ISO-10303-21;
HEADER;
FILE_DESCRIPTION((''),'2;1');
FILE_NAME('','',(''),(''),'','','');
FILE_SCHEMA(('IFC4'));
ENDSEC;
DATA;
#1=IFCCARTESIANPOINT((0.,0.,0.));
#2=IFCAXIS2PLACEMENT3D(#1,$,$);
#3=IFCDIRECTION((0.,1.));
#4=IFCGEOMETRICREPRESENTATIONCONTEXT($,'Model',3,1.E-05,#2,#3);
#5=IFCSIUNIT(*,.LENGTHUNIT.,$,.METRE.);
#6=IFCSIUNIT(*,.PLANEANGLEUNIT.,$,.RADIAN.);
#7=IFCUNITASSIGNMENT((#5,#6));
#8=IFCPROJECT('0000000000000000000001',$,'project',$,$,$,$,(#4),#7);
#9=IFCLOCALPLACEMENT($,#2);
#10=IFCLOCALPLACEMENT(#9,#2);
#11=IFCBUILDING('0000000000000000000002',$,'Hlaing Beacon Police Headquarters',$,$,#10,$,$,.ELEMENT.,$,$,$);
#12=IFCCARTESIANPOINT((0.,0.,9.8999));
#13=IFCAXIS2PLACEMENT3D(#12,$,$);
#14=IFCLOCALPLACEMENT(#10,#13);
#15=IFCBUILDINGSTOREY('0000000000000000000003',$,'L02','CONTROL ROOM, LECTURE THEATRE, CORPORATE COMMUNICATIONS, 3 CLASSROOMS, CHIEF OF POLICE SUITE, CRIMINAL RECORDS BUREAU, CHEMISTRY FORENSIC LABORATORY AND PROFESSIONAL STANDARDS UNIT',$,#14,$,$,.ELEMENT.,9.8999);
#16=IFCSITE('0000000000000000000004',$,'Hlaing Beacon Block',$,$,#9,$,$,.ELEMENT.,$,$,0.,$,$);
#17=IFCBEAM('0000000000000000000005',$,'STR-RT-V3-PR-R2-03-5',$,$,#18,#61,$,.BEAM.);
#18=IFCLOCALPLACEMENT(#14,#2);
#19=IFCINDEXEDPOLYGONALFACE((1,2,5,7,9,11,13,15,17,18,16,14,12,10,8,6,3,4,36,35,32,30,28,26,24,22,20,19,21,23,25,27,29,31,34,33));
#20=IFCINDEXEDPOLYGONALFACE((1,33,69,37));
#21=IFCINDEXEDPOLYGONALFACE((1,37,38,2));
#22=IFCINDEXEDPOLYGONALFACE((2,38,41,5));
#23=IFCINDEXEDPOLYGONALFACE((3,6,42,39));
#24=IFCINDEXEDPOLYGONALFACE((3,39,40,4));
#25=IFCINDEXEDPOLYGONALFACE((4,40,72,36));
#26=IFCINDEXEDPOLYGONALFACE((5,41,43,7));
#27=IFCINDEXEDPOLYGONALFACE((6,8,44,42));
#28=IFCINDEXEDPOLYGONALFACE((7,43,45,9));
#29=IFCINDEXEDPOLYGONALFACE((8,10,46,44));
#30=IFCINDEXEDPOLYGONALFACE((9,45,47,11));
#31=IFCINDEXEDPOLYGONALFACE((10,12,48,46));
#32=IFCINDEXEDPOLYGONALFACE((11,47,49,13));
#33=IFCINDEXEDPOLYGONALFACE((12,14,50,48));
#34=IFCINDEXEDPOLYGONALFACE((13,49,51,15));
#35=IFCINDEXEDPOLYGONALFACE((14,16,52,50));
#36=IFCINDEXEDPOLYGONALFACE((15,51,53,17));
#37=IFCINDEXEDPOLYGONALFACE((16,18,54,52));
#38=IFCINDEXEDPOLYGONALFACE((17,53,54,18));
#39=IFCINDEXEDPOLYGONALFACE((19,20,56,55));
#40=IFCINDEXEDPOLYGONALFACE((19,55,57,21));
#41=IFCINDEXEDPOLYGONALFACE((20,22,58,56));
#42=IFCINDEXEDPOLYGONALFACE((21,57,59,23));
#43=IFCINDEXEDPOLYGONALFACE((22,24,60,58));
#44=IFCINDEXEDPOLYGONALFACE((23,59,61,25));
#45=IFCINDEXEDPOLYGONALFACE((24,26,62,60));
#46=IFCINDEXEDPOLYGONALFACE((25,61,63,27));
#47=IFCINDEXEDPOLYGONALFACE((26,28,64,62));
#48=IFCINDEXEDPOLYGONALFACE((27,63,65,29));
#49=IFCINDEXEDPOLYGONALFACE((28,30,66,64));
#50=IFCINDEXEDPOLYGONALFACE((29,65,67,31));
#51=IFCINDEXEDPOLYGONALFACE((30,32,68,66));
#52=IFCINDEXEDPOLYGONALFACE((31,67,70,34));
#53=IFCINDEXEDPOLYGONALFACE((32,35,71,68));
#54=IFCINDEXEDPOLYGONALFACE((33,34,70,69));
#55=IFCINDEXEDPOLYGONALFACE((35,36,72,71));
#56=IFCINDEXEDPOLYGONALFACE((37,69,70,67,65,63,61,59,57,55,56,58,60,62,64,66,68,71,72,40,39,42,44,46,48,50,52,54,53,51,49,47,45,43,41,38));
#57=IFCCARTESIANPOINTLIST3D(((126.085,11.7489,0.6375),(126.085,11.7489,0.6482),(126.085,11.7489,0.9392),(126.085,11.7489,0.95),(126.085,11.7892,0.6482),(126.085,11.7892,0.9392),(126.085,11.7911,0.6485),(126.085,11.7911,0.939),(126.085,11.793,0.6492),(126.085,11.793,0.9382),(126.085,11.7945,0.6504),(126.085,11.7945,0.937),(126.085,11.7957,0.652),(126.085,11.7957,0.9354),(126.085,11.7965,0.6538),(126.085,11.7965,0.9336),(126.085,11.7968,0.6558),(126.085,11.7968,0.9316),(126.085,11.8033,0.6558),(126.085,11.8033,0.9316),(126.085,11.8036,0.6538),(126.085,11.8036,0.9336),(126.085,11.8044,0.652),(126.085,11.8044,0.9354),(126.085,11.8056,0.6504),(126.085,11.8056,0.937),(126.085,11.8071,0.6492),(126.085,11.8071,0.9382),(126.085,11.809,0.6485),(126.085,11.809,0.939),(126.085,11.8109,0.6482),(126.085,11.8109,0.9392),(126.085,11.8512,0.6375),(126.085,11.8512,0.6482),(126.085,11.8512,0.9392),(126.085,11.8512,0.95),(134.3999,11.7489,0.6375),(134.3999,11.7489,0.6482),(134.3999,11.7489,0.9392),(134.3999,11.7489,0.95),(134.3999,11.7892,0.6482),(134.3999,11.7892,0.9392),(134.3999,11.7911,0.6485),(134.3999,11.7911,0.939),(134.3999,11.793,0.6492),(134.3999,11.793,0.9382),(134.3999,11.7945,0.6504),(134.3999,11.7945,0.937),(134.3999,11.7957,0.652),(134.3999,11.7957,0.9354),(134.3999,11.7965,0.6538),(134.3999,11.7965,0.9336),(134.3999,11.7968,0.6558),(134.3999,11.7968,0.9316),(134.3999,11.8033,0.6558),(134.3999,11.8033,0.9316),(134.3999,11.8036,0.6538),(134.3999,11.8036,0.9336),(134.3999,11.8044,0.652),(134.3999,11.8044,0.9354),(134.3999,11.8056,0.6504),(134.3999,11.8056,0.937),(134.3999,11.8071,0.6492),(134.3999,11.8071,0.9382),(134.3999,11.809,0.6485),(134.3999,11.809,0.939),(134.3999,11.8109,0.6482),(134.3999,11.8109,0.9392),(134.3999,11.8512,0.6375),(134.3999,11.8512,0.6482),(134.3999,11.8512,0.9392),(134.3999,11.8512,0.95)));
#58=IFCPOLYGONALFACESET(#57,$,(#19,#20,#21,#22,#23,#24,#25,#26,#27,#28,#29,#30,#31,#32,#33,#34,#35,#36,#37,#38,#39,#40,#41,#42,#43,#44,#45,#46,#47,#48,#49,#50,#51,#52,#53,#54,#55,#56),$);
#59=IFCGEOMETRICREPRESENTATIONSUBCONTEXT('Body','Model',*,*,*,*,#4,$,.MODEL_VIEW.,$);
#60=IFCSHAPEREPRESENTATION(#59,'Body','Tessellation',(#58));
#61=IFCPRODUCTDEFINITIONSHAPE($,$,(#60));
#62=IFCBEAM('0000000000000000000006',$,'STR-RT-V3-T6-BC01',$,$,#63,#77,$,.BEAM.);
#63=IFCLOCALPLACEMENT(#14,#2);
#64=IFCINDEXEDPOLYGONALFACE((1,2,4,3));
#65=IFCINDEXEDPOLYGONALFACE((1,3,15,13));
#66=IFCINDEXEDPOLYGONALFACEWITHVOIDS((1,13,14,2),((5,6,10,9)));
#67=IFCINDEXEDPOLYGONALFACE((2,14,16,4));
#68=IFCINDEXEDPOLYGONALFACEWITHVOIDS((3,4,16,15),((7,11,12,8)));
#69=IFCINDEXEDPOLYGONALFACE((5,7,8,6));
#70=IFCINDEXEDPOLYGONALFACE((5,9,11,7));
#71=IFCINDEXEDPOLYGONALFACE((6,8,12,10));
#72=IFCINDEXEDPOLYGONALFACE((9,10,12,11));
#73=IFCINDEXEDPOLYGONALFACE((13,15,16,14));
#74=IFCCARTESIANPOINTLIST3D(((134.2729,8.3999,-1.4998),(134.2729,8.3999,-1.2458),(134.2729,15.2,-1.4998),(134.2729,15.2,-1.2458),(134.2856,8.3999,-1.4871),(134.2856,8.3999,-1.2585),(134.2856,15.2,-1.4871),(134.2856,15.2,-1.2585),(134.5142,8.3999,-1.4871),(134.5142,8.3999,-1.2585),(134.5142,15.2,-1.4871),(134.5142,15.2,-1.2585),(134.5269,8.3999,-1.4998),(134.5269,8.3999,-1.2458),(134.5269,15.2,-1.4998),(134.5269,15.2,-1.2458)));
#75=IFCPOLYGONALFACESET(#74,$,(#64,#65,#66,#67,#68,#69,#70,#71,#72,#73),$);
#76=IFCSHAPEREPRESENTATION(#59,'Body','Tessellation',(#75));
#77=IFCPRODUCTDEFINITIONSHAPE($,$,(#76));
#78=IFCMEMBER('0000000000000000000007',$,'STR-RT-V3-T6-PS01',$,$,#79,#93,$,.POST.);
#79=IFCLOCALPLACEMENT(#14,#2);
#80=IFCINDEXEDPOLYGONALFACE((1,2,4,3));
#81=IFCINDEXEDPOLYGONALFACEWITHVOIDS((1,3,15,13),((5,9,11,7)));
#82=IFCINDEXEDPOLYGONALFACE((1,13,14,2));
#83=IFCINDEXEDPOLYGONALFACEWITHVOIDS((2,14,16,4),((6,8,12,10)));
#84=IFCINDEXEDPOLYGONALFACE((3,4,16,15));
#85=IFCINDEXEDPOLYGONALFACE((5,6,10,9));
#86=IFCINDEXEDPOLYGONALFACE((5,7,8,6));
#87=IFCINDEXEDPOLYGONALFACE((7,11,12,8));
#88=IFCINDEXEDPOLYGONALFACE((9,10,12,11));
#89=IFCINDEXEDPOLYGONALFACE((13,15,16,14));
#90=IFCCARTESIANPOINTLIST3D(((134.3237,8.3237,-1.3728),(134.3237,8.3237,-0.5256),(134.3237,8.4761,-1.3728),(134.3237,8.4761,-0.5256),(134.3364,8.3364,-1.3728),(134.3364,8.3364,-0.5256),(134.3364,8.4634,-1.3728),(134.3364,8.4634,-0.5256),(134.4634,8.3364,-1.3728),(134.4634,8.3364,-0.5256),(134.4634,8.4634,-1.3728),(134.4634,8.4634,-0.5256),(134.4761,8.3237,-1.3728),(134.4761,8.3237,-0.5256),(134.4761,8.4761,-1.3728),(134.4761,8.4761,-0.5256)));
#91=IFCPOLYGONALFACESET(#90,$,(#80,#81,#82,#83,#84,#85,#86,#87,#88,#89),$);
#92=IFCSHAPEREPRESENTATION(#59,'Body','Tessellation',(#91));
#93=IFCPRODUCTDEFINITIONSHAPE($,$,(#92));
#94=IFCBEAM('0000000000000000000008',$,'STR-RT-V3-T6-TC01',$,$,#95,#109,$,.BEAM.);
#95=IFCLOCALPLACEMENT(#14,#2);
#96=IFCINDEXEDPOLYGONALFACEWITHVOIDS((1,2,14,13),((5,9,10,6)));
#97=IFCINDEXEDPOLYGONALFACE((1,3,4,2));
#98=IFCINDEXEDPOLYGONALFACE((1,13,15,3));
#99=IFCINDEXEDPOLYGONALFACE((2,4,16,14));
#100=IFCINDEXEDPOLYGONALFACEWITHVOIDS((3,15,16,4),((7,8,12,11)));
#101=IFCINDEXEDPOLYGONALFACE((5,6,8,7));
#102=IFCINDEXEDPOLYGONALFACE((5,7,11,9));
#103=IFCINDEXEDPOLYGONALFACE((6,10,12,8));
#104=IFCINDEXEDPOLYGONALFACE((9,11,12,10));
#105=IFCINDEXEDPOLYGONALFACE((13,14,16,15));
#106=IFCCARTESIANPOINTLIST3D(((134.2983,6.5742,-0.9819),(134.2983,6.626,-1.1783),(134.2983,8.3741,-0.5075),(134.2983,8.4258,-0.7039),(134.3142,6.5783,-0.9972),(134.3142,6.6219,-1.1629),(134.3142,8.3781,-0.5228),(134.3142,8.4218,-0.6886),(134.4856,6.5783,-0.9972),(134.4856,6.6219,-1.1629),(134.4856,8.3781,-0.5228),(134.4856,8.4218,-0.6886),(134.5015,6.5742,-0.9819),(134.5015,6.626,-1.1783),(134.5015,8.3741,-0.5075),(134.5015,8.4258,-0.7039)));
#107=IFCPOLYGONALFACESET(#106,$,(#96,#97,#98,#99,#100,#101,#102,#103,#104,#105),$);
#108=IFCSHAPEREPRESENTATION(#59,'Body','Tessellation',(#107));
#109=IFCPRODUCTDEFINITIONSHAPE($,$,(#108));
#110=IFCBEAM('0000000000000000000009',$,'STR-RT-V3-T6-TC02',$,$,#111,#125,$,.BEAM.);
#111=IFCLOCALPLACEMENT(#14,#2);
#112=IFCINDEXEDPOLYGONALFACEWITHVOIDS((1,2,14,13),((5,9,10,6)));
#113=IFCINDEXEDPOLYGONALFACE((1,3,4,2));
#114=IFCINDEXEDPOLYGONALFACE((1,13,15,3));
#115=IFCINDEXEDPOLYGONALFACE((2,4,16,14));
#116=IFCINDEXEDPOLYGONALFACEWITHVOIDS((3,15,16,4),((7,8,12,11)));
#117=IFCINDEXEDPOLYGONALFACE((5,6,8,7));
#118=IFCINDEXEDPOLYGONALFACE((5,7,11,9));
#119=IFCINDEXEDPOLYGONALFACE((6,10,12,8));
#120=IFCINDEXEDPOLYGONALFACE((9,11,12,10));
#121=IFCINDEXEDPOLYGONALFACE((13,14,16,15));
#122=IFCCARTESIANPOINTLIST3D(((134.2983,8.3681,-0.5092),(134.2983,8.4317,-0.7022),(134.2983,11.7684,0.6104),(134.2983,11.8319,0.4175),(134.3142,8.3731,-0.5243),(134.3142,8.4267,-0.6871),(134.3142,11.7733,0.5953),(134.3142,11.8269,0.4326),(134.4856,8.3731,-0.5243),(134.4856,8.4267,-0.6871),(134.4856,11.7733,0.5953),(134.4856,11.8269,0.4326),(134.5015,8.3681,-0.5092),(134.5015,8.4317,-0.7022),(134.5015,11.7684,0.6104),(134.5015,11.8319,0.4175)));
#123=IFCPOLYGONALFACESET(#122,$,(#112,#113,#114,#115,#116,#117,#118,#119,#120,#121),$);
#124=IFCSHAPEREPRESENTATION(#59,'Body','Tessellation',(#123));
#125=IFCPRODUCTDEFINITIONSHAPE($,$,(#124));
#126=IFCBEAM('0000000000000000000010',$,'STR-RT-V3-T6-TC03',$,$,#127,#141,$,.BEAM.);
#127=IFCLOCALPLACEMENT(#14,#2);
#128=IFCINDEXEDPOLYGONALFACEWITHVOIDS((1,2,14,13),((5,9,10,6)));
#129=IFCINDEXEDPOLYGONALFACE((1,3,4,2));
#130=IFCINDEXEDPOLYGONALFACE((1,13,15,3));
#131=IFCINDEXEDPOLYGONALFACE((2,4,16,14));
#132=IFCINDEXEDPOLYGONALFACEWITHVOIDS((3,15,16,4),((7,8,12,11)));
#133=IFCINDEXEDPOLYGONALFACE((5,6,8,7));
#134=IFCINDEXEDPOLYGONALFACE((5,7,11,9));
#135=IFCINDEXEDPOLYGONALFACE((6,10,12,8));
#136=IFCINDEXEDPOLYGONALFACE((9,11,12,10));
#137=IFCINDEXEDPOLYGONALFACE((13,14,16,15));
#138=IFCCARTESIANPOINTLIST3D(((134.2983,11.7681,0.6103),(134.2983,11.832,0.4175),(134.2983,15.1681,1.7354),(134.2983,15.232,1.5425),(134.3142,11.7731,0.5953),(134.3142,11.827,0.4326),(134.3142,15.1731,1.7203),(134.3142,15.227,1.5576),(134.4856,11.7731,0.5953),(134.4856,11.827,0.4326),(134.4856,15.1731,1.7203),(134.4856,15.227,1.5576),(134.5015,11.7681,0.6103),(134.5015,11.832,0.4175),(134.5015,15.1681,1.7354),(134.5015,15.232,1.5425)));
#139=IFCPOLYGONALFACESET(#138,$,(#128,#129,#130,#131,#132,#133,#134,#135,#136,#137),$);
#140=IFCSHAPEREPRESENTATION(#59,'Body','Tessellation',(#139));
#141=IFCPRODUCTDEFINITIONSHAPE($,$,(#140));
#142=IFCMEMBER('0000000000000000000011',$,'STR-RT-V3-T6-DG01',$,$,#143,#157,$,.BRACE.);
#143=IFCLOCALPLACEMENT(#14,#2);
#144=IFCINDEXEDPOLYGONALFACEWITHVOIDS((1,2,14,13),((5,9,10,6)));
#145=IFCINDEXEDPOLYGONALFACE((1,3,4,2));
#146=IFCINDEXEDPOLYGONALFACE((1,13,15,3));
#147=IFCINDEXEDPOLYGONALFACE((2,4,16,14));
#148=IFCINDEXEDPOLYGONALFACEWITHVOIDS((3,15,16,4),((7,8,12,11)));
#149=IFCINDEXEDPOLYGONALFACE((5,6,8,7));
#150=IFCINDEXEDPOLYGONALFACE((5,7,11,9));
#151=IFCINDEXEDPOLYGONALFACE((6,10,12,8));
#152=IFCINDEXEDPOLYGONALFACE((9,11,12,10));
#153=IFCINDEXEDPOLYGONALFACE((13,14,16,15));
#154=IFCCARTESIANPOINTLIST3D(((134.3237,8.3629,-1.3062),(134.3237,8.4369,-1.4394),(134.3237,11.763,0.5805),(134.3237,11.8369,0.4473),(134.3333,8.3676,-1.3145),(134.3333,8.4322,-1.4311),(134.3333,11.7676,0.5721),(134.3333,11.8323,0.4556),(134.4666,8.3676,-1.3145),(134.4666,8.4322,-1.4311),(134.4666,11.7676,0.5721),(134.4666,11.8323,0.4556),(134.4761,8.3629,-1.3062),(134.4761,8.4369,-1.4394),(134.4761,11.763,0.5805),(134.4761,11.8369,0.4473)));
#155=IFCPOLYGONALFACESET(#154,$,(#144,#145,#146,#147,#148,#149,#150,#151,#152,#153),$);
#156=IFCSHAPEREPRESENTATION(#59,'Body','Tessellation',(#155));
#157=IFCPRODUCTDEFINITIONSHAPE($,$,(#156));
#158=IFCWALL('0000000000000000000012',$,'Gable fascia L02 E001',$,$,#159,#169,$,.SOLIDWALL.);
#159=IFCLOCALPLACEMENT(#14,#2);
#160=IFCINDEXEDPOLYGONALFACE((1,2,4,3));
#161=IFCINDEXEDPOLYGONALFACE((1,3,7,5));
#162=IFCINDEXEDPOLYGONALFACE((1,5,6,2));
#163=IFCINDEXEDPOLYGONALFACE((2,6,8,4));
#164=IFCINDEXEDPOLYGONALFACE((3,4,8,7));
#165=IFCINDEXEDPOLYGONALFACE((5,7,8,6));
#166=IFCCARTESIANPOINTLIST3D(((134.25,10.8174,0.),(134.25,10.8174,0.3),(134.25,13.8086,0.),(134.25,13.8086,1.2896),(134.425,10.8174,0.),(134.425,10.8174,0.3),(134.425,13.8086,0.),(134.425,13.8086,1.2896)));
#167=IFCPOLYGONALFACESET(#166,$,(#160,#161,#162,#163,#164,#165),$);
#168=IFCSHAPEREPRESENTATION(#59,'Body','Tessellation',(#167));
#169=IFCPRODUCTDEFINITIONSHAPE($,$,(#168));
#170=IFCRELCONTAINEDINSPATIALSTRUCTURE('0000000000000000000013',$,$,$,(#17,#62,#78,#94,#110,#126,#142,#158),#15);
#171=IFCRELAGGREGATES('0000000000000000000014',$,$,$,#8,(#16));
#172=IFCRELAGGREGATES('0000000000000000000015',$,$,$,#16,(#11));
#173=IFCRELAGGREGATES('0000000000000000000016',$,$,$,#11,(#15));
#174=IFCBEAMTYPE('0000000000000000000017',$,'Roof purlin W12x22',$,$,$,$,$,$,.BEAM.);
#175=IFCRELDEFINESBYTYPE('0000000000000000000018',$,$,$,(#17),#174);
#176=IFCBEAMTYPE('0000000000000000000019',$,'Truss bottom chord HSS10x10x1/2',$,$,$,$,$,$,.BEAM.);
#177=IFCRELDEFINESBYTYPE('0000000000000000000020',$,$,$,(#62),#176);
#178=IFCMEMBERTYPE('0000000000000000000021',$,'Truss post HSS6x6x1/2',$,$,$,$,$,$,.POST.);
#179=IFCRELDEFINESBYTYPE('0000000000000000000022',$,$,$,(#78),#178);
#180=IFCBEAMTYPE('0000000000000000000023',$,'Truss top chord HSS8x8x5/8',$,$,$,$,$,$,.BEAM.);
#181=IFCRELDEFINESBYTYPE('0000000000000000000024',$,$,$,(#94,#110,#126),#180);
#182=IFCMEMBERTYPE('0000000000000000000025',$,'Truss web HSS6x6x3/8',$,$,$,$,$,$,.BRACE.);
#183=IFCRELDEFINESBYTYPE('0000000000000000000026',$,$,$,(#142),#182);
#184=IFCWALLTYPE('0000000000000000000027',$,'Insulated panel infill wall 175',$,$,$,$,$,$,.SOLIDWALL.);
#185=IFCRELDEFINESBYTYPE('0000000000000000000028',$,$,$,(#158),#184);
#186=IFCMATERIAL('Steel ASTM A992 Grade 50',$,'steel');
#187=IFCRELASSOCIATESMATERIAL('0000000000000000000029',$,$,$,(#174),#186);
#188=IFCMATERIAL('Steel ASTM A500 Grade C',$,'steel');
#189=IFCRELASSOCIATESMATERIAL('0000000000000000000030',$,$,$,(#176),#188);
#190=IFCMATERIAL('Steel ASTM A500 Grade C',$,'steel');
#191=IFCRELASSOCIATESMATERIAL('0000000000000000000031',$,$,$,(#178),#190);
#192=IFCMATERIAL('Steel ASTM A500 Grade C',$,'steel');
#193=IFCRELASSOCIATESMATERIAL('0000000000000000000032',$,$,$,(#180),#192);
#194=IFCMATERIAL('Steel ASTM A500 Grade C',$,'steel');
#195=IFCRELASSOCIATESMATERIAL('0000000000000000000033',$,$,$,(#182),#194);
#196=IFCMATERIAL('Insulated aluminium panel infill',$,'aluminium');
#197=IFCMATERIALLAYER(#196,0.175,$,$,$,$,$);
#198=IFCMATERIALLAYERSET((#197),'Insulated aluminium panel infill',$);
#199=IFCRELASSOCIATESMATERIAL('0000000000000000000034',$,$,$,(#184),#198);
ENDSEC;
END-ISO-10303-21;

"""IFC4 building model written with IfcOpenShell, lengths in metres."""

from ifc_helpers import new_model, si_unit, direction, frame, origin, origin_2d, place, context, subcontext, project, spatial, polyline, hollow_rectangle, i_section, outline, extrude, material, layer, layer_set, material_profile, profile_set, type_object, element, save


model = new_model("IFC4")

# Units and contexts
model_context = context("Model", 3, precision=1e-05, world=origin(), true_north=direction((0.0, 1.0)))
body_context = subcontext(model_context, "Body", "Model", "MODEL_VIEW")
ifc_project = project(units=[si_unit("LENGTHUNIT", "METRE"), si_unit("PLANEANGLEUNIT", "RADIAN")], contexts=[model_context])

# Site, building, storey
site_placement = place(None, origin())
site = spatial("IfcSite", under=ifc_project, at=site_placement, Name="Hlaing Beacon Block", CompositionType="ELEMENT", RefElevation=0.0)
building_placement = place(site_placement, origin())
building = spatial("IfcBuilding", under=site, at=building_placement, Name="Hlaing Beacon Police Headquarters", CompositionType="ELEMENT")
storey_placement = place(building_placement, frame((0.0, 0.0, 9.8999)))
storey = spatial("IfcBuildingStorey", under=building, at=storey_placement, Name="L02", Description="CONTROL ROOM, LECTURE THEATRE, CORPORATE COMMUNICATIONS, 3 CLASSROOMS, CHIEF OF POLICE SUITE, CRIMINAL RECORDS BUREAU, CHEMISTRY FORENSIC LABORATORY AND PROFESSIONAL STANDARDS UNIT", CompositionType="ELEMENT", Elevation=9.8999)

# Beams
ifc_material_1 = material(Name="Steel ASTM A992 Grade 50", Category="steel")
ifc_material_profile_1 = material_profile(ifc_material_1, i_section(OverallWidth=0.1023, OverallDepth=0.3125, WebThickness=0.0066, FlangeThickness=0.0107, FilletRadius=0.0076, at=origin_2d()), Name="W12x22")
ifc_profile_set_1 = profile_set([ifc_material_profile_1], Name="Steel ASTM A992 Grade 50")
beam_type_1 = type_object("IfcBeamType", Name="Roof purlin W12x22", PredefinedType="BEAM", material=ifc_profile_set_1)
for number, where, z_axis, x_axis, name in (
    (1, (126.085, 11.8, 0.7937), (1.0, 0.0, 0.0), (0.0, 1.0, 0.0), "STR-RT-V3-PR-R2-03-5"),
):
    element("IfcBeam", number, at=place(storey_placement, frame(where, z_axis=z_axis, x_axis=x_axis)), inside=storey, type_object=beam_type_1, Name=name, PredefinedType="BEAM", context=body_context, shape_type="SweptSolid", body=[
        extrude(i_section(OverallWidth=0.1023, OverallDepth=0.3125, WebThickness=0.0066, FlangeThickness=0.0107, FilletRadius=0.0076, at=origin_2d()), origin(), (0.0, 0.0, 1.0), 8.3149),
    ])
ifc_material_2 = material(Name="Steel ASTM A500 Grade C", Category="steel")
ifc_material_profile_2 = material_profile(ifc_material_2, hollow_rectangle(XDim=0.2539, YDim=0.2539, WallThickness=0.0127, at=origin_2d()), Name="HSS10x10x1/2")
ifc_profile_set_2 = profile_set([ifc_material_profile_2], Name="Steel ASTM A500 Grade C")
beam_type_2 = type_object("IfcBeamType", Name="Truss bottom chord HSS10x10x1/2", PredefinedType="BEAM", material=ifc_profile_set_2)
beam_1_placement = place(storey_placement, frame((134.3999, 8.3999, -1.3728), z_axis=(0.0, 1.0, 0.0), x_axis=(-1.0, 0.0, 0.0)))
element("IfcBeam", 2, at=beam_1_placement, inside=storey, type_object=beam_type_2, Name="STR-RT-V3-T6-BC01", PredefinedType="BEAM", context=body_context, shape_type="SweptSolid", body=[
    extrude(hollow_rectangle(XDim=0.2539, YDim=0.2539, WallThickness=0.0127, at=origin_2d()), origin(), (0.0, 0.0, 1.0), 6.8),
])

# Member
ifc_material_3 = material(Name="Steel ASTM A500 Grade C", Category="steel")
ifc_material_profile_3 = material_profile(ifc_material_3, hollow_rectangle(XDim=0.1523, YDim=0.1523, WallThickness=0.0127, at=origin_2d()), Name="HSS6x6x1/2")
ifc_profile_set_3 = profile_set([ifc_material_profile_3], Name="Steel ASTM A500 Grade C")
member_type_1 = type_object("IfcMemberType", Name="Truss post HSS6x6x1/2", PredefinedType="POST", material=ifc_profile_set_3)
member_1_placement = place(storey_placement, frame((134.3999, 8.3999, -1.3728), z_axis=(0.0, 0.0, 1.0), x_axis=(1.0, 0.0, 0.0)))
element("IfcMember", 3, at=member_1_placement, inside=storey, type_object=member_type_1, Name="STR-RT-V3-T6-PS01", PredefinedType="POST", context=body_context, shape_type="SweptSolid", body=[
    extrude(hollow_rectangle(XDim=0.1523, YDim=0.1523, WallThickness=0.0127, at=origin_2d()), origin(), (0.0, 0.0, 1.0), 0.8472),
])

# Beams
ifc_material_4 = material(Name="Steel ASTM A500 Grade C", Category="steel")
ifc_material_profile_4 = material_profile(ifc_material_4, hollow_rectangle(XDim=0.2031, YDim=0.2031, WallThickness=0.0159, at=origin_2d()), Name="HSS8x8x5/8")
ifc_profile_set_4 = profile_set([ifc_material_profile_4], Name="Steel ASTM A500 Grade C")
beam_type_3 = type_object("IfcBeamType", Name="Truss top chord HSS8x8x5/8", PredefinedType="BEAM", material=ifc_profile_set_4)
beam_2_placement = place(storey_placement, frame((134.3999, 6.6001, -1.0801), z_axis=(0.0, 0.966978, 0.254861), x_axis=(-1.0, 0.0, 0.0)))
element("IfcBeam", 4, at=beam_2_placement, inside=storey, type_object=beam_type_3, Name="STR-RT-V3-T6-TC01", PredefinedType="BEAM", context=body_context, shape_type="SweptSolid", body=[
    extrude(hollow_rectangle(XDim=0.2031, YDim=0.2031, WallThickness=0.0159, at=origin_2d()), origin(), (0.0, 0.0, 1.0), 1.8613),
])
beam_3_placement = place(storey_placement, frame((134.3999, 8.3999, -0.6057), z_axis=(0.0, 0.94983, 0.312768), x_axis=(-1.0, 0.0, 0.0)))
element("IfcBeam", 5, at=beam_3_placement, inside=storey, type_object=beam_type_3, Name="STR-RT-V3-T6-TC02", PredefinedType="BEAM", context=body_context, shape_type="SweptSolid", body=[
    extrude(hollow_rectangle(XDim=0.2031, YDim=0.2031, WallThickness=0.0159, at=origin_2d()), origin(), (0.0, 0.0, 1.0), 3.5798),
])
beam_4_placement = place(storey_placement, frame((134.3999, 11.8, 0.5139), z_axis=(0.0, 0.949376, 0.314141), x_axis=(-1.0, 0.0, 0.0)))
element("IfcBeam", 6, at=beam_4_placement, inside=storey, type_object=beam_type_3, Name="STR-RT-V3-T6-TC03", PredefinedType="BEAM", context=body_context, shape_type="SweptSolid", body=[
    extrude(hollow_rectangle(XDim=0.2031, YDim=0.2031, WallThickness=0.0159, at=origin_2d()), origin(), (0.0, 0.0, 1.0), 3.5813),
])

# Member
ifc_material_5 = material(Name="Steel ASTM A500 Grade C", Category="steel")
ifc_material_profile_5 = material_profile(ifc_material_5, hollow_rectangle(XDim=0.1523, YDim=0.1523, WallThickness=0.0095, at=origin_2d()), Name="HSS6x6x3/8")
ifc_profile_set_5 = profile_set([ifc_material_profile_5], Name="Steel ASTM A500 Grade C")
member_type_2 = type_object("IfcMemberType", Name="Truss web HSS6x6x3/8", PredefinedType="BRACE", material=ifc_profile_set_5)
member_2_placement = place(storey_placement, frame((134.3999, 8.3999, -1.3728), z_axis=(0.0, 0.874403, 0.4852), x_axis=(-1.0, 0.0, 0.0)))
element("IfcMember", 7, at=member_2_placement, inside=storey, type_object=member_type_2, Name="STR-RT-V3-T6-DG01", PredefinedType="BRACE", context=body_context, shape_type="SweptSolid", body=[
    extrude(hollow_rectangle(XDim=0.1523, YDim=0.1523, WallThickness=0.0095, at=origin_2d()), origin(), (0.0, 0.0, 1.0), 3.8884),
])

# Wall
ifc_material_6 = material(Name="Insulated aluminium panel infill", Category="aluminium")
ifc_layer = layer(ifc_material_6, 0.175)
ifc_layer_set = layer_set([ifc_layer], Name="Insulated aluminium panel infill")
wall_type = type_object("IfcWallType", Name="Insulated panel infill wall 175", PredefinedType="SOLIDWALL", material=ifc_layer_set)
wall_placement = place(storey_placement, frame((134.3374, 10.8174, 0.0), z_axis=(0.0, 0.0, 1.0), x_axis=(0.0, 1.0, 0.0)))
element("IfcWall", 8, at=wall_placement, inside=storey, type_object=wall_type, Name="Gable fascia L02 E001", PredefinedType="SOLIDWALL", context=body_context, shape_type="SweptSolid", body=[
    extrude(outline(polyline([(0.0, 0.0), (2.9912, 0.0), (2.9912, 1.2896), (0.0, 0.3), (0.0, 0.0)])), frame((0.0, 0.0874, 0.0), z_axis=(0.0, -1.0, 0.0), x_axis=(1.0, 0.0, 0.0)), (0.0, 0.0, 1.0), 0.175),
])

save(model, "model.ifc")
